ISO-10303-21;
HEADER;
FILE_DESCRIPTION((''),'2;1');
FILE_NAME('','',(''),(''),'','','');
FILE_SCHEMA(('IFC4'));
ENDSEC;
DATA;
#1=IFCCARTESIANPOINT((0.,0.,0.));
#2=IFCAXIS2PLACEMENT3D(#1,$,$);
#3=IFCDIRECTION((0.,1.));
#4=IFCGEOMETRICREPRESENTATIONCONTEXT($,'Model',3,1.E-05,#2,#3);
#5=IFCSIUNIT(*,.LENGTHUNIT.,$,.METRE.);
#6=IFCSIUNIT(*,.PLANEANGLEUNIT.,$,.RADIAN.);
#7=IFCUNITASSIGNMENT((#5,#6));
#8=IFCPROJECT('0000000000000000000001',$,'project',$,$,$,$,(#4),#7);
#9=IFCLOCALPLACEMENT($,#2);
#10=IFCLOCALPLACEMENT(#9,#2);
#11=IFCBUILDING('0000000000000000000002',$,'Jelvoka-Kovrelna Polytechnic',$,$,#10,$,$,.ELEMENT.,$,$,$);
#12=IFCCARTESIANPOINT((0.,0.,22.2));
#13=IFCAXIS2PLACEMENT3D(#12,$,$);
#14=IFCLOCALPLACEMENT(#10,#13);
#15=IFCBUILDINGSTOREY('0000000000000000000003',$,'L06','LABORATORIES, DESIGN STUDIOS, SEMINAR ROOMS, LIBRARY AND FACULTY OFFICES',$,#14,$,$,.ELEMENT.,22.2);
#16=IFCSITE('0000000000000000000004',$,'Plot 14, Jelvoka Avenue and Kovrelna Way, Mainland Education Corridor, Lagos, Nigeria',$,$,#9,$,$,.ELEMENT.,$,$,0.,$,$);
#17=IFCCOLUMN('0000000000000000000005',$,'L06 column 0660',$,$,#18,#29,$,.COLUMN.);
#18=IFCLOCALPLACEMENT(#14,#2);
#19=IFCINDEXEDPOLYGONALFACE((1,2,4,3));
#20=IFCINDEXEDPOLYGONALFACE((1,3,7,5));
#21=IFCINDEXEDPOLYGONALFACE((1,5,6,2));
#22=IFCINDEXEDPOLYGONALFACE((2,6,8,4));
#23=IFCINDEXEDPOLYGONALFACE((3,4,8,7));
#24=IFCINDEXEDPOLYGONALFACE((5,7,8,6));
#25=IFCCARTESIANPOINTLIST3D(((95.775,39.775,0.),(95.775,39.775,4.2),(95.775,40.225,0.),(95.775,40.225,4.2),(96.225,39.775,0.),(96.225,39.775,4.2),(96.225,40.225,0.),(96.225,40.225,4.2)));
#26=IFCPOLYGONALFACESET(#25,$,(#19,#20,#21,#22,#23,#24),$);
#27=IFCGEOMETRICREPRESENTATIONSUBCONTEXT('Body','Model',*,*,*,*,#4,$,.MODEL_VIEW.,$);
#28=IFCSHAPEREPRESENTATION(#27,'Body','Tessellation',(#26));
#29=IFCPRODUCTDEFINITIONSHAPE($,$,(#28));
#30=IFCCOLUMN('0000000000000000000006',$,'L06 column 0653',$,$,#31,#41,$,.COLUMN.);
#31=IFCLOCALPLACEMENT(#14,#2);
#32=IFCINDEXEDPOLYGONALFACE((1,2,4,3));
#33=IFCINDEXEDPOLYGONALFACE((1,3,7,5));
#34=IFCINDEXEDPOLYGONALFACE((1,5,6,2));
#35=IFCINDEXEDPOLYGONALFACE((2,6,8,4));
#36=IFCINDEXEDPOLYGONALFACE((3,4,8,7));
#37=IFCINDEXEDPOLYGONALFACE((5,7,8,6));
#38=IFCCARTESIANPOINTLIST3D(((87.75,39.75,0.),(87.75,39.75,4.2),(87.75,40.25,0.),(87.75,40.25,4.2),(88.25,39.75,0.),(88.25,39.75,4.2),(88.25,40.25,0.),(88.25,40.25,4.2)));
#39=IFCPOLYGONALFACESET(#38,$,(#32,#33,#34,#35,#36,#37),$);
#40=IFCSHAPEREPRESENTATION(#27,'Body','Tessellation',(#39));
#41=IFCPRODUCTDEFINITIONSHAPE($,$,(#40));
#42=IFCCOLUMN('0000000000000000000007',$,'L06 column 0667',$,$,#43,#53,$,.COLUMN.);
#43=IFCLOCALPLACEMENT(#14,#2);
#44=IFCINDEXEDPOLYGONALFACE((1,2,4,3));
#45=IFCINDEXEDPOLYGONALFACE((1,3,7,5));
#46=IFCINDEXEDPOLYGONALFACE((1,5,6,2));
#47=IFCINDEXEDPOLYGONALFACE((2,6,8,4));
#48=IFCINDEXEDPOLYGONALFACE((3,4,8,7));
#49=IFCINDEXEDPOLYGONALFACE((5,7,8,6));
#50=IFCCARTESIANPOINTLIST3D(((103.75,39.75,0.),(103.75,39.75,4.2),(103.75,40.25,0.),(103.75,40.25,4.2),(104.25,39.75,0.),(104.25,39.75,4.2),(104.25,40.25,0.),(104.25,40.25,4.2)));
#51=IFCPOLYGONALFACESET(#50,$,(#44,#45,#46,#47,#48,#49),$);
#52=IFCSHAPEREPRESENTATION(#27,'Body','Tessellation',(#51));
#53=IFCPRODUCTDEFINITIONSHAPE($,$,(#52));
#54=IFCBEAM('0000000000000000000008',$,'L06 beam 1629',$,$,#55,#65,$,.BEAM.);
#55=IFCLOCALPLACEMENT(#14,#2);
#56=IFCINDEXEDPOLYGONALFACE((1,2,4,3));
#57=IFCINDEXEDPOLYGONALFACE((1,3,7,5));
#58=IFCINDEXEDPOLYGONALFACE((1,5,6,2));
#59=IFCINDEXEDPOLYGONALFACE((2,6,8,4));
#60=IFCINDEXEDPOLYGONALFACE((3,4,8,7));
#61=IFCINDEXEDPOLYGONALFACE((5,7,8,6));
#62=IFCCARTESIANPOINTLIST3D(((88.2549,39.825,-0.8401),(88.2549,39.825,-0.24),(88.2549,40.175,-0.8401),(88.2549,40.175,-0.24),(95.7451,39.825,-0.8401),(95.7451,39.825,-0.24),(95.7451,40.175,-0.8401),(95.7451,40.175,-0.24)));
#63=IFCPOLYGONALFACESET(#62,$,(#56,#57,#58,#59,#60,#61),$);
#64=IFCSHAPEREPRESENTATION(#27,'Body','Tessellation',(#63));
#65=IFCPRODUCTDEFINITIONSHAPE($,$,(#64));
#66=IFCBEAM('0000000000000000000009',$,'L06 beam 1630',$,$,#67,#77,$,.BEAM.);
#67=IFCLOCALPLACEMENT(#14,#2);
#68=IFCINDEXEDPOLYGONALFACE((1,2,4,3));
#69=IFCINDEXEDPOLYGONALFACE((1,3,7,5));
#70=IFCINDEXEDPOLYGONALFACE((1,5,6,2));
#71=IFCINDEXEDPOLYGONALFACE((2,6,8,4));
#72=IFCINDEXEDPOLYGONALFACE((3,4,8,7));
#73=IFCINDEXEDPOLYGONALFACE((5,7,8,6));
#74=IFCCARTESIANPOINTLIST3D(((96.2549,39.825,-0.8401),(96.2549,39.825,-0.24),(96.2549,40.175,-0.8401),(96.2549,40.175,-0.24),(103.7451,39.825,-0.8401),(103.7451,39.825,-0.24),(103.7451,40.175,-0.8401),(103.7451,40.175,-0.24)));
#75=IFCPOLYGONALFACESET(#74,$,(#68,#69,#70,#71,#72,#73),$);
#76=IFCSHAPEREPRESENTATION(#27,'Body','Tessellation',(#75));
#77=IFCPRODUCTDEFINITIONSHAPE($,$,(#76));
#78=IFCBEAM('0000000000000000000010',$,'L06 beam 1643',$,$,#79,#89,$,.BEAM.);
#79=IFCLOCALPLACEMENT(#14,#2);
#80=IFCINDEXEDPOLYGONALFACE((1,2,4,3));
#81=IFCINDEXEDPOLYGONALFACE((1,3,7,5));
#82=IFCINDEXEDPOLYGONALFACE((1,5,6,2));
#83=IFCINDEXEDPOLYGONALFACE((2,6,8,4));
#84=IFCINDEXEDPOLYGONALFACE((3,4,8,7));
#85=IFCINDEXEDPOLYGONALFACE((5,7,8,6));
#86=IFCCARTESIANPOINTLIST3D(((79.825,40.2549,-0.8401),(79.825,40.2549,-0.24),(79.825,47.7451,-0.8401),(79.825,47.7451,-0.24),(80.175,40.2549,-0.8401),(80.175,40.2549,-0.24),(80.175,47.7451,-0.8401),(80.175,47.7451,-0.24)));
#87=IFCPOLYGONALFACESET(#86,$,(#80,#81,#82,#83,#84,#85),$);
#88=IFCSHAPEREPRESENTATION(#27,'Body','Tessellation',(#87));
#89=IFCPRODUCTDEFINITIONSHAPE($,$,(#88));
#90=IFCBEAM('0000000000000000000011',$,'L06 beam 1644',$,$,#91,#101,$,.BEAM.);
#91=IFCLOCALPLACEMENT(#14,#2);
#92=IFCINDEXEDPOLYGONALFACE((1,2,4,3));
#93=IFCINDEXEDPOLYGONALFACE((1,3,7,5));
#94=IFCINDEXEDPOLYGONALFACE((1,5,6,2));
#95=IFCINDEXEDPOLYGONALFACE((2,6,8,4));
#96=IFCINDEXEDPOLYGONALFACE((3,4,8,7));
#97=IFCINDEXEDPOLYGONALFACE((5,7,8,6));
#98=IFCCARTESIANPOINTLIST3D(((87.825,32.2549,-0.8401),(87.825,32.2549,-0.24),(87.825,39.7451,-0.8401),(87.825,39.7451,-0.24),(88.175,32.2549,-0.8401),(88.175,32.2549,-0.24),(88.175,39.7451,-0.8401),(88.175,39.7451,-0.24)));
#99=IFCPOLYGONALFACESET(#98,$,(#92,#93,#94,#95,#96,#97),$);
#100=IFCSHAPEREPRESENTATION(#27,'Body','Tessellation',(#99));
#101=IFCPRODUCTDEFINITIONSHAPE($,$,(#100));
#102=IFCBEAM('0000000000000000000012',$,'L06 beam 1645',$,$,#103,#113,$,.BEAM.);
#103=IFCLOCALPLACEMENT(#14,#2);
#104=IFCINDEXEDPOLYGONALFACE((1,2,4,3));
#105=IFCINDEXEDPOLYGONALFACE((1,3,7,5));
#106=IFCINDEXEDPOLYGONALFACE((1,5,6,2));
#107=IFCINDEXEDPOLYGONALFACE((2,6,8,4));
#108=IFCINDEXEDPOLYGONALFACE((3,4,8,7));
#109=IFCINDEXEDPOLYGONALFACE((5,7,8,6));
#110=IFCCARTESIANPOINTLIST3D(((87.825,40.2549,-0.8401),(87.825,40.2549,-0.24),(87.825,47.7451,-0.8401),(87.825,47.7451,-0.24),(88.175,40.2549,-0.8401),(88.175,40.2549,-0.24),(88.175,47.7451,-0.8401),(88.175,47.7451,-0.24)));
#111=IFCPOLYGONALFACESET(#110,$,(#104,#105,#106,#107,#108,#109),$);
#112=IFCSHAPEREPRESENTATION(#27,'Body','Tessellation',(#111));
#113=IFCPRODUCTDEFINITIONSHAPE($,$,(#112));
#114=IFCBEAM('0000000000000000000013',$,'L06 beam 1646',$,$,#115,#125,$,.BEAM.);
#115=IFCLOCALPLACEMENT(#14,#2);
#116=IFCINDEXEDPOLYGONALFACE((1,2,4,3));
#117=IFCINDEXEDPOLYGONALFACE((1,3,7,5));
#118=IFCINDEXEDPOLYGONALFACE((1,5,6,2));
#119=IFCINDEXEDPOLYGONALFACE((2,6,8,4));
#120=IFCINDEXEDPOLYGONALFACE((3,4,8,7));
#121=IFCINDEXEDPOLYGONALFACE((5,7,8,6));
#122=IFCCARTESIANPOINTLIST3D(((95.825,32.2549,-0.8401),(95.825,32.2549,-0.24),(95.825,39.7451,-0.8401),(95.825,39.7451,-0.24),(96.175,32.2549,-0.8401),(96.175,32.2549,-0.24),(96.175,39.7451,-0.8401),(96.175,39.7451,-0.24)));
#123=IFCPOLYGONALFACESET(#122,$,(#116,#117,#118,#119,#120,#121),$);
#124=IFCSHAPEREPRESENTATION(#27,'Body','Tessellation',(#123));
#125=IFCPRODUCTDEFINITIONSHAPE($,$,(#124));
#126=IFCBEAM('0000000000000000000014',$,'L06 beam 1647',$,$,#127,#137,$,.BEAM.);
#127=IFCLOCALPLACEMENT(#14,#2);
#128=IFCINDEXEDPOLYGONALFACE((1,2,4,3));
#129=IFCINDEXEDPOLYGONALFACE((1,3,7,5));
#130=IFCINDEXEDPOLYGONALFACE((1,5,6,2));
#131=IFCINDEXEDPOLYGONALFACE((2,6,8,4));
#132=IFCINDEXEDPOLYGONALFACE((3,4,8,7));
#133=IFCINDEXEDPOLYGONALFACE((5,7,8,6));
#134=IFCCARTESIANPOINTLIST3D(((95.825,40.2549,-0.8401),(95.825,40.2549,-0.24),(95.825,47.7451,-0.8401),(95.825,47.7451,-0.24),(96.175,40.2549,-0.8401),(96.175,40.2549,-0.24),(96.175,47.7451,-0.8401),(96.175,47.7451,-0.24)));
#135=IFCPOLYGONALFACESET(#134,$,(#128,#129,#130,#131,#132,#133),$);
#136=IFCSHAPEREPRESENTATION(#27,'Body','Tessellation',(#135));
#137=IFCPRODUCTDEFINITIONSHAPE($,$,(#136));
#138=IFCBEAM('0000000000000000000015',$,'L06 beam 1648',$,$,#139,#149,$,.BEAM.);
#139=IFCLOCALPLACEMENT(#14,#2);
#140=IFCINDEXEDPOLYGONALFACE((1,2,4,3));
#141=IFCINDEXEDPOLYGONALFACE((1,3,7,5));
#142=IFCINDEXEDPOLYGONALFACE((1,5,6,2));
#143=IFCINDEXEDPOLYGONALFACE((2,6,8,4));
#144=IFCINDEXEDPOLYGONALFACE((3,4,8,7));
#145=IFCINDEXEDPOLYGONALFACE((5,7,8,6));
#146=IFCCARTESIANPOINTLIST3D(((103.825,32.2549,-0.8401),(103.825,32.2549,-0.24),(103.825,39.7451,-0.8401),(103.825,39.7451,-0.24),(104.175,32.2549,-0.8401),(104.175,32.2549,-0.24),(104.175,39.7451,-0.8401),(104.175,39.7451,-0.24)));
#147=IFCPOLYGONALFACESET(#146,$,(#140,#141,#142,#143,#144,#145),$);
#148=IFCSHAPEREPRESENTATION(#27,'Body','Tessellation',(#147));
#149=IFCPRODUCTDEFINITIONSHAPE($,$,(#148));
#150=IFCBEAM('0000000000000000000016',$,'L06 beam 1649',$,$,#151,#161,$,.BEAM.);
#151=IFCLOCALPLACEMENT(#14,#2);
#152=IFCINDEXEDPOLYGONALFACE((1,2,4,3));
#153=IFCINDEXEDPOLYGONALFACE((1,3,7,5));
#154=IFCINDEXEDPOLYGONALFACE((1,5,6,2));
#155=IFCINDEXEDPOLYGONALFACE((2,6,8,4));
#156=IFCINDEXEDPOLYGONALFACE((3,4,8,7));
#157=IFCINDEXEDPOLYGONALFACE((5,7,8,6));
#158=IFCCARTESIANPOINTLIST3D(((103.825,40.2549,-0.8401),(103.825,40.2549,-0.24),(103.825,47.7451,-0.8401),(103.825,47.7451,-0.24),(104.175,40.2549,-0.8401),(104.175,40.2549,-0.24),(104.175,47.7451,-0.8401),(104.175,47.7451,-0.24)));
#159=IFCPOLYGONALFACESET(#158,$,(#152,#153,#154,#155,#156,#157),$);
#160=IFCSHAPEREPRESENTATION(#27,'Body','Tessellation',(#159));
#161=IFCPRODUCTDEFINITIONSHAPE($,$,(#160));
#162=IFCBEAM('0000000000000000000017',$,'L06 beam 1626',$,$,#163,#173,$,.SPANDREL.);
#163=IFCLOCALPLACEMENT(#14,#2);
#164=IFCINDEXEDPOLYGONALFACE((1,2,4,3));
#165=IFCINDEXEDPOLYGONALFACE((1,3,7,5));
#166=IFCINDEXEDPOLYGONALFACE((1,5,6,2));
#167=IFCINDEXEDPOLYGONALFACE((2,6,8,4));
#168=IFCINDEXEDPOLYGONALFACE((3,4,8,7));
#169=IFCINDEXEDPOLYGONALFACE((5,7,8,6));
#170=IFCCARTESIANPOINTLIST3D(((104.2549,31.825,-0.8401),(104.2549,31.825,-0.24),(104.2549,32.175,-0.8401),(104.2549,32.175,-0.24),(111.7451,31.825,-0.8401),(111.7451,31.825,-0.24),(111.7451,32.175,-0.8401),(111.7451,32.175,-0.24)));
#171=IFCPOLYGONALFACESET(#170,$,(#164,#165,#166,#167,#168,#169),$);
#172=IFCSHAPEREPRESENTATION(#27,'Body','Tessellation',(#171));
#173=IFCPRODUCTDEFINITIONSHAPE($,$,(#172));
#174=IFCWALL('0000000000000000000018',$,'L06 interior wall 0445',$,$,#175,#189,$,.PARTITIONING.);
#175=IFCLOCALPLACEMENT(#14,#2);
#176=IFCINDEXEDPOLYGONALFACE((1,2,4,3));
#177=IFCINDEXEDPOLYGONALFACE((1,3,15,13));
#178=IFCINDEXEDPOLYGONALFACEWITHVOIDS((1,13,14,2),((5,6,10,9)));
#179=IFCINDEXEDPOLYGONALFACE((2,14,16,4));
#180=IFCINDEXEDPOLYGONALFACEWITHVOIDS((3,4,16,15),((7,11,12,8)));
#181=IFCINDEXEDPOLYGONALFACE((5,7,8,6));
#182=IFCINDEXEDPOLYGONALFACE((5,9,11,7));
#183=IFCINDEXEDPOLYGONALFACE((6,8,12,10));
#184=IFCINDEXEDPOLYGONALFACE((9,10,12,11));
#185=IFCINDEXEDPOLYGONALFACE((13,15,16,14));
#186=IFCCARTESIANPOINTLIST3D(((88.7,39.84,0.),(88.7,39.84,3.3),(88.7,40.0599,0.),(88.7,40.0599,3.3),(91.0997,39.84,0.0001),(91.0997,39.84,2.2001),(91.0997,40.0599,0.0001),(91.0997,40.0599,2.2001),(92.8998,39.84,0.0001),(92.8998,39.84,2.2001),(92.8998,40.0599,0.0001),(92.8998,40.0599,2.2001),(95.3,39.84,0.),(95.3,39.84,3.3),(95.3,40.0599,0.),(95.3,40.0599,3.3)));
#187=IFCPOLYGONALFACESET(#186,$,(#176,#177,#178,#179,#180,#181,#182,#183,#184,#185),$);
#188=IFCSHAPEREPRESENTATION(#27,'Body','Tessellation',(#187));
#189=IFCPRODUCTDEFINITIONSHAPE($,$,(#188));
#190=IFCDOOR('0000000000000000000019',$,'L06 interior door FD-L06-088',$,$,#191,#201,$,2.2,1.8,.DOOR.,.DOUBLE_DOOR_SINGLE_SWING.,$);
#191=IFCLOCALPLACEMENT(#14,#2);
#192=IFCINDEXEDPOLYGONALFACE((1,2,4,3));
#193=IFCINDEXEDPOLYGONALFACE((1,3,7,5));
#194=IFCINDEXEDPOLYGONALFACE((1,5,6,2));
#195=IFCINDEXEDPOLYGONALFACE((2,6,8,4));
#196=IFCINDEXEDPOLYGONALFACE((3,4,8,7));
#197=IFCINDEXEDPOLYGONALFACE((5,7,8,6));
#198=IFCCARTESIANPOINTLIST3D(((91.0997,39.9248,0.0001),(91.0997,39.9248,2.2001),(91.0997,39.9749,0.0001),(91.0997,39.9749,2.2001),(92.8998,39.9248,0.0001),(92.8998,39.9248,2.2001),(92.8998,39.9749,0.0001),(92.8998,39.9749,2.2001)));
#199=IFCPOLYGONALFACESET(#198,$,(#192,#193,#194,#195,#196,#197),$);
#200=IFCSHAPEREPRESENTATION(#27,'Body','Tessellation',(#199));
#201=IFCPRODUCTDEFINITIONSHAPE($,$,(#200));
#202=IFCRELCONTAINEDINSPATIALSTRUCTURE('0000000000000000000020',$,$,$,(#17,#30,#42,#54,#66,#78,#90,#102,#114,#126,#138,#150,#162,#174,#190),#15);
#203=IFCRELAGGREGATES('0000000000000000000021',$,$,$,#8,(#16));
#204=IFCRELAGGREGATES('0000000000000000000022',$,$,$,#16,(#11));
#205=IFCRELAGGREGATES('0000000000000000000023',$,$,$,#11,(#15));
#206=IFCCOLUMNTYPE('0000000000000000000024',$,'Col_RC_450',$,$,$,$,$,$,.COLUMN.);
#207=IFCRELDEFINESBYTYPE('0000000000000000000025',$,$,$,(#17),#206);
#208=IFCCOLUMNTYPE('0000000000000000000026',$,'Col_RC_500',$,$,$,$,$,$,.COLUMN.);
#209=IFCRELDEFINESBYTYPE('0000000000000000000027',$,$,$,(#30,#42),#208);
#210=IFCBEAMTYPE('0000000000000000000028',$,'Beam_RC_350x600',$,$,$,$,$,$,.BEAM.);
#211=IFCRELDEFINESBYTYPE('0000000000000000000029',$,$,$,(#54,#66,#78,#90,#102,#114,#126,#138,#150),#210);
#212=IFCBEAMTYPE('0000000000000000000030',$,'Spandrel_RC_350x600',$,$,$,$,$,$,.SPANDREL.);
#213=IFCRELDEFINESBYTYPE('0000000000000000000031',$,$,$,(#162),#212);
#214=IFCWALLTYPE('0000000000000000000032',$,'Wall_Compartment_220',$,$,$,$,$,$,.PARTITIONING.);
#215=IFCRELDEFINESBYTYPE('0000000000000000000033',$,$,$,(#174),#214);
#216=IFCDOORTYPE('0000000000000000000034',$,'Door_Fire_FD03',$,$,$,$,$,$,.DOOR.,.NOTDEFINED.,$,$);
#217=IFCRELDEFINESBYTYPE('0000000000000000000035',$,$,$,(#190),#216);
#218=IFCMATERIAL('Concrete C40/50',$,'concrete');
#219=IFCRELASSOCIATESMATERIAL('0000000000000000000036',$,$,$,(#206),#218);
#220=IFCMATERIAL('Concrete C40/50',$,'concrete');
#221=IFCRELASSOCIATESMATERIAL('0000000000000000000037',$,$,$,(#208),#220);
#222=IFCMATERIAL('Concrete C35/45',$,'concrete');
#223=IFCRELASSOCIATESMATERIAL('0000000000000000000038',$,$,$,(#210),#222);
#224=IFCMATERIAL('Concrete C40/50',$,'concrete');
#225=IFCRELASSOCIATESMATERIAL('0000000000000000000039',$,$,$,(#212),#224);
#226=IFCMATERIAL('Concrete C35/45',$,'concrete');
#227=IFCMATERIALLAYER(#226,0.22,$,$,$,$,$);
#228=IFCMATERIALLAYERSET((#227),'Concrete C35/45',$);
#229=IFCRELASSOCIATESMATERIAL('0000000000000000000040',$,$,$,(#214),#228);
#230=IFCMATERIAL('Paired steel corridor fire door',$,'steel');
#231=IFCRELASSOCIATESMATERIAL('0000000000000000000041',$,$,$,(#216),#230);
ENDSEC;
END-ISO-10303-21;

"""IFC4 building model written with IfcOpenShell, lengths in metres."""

from ifc_helpers import new_model, si_unit, direction, frame, frame_2d, origin, origin_2d, place, context, subcontext, project, spatial, rectangle, extrude, material, layer, layer_set, material_profile, profile_set, type_object, element, fill, save


model = new_model("IFC4")

# Units and contexts
model_context = context("Model", 3, precision=1e-05, world=origin(), true_north=direction((0.0, 1.0)))
body_context = subcontext(model_context, "Body", "Model", "MODEL_VIEW")
ifc_project = project(units=[si_unit("LENGTHUNIT", "METRE"), si_unit("PLANEANGLEUNIT", "RADIAN")], contexts=[model_context])

# Site, building, storey
site_placement = place(None, origin())
site = spatial("IfcSite", under=ifc_project, at=site_placement, Name="Plot 14, Jelvoka Avenue and Kovrelna Way, Mainland Education Corridor, Lagos, Nigeria", CompositionType="ELEMENT", RefElevation=0.0)
building_placement = place(site_placement, origin())
building = spatial("IfcBuilding", under=site, at=building_placement, Name="Jelvoka-Kovrelna Polytechnic", CompositionType="ELEMENT")
storey_placement = place(building_placement, frame((0.0, 0.0, 22.2)))
storey = spatial("IfcBuildingStorey", under=building, at=storey_placement, Name="L06", Description="LABORATORIES, DESIGN STUDIOS, SEMINAR ROOMS, LIBRARY AND FACULTY OFFICES", CompositionType="ELEMENT", Elevation=22.2)

# Columns
ifc_material_1 = material(Name="Concrete C40/50", Category="concrete")
ifc_material_profile_1 = material_profile(ifc_material_1, rectangle(XDim=0.45, YDim=0.45, at=origin_2d()), Name="RC 450x450")
ifc_profile_set_1 = profile_set([ifc_material_profile_1], Name="Concrete C40/50")
column_type_1 = type_object("IfcColumnType", Name="Col_RC_450", PredefinedType="COLUMN", material=ifc_profile_set_1)
column_placement = place(storey_placement, frame((96.0, 40.0, 0.0), z_axis=(0.0, 0.0, 1.0), x_axis=(1.0, 0.0, 0.0)))
element("IfcColumn", 1, at=column_placement, inside=storey, type_object=column_type_1, Name="L06 column 0660", PredefinedType="COLUMN", context=body_context, shape_type="SweptSolid", body=[
    extrude(rectangle(XDim=0.45, YDim=0.45, at=origin_2d()), origin(), (0.0, 0.0, 1.0), 4.2),
])
ifc_material_2 = material(Name="Concrete C40/50", Category="concrete")
ifc_material_profile_2 = material_profile(ifc_material_2, rectangle(XDim=0.5, YDim=0.5, at=origin_2d()), Name="RC 500x500")
ifc_profile_set_2 = profile_set([ifc_material_profile_2], Name="Concrete C40/50")
column_type_2 = type_object("IfcColumnType", Name="Col_RC_500", PredefinedType="COLUMN", material=ifc_profile_set_2)
for number, where, z_axis, x_axis, name in (
    (2, (88.0, 40.0, 0.0), (0.0, 0.0, 1.0), (1.0, 0.0, 0.0), "L06 column 0653"),
    (3, (104.0, 40.0, 0.0), (0.0, 0.0, 1.0), (1.0, 0.0, 0.0), "L06 column 0667"),
):
    element("IfcColumn", number, at=place(storey_placement, frame(where, z_axis=z_axis, x_axis=x_axis)), inside=storey, type_object=column_type_2, Name=name, PredefinedType="COLUMN", context=body_context, shape_type="SweptSolid", body=[
        extrude(rectangle(XDim=0.5, YDim=0.5, at=origin_2d()), origin(), (0.0, 0.0, 1.0), 4.2),
    ])

# Beams
ifc_material_3 = material(Name="Concrete C35/45", Category="concrete")
ifc_material_profile_3 = material_profile(ifc_material_3, rectangle(XDim=0.3501, YDim=0.6001, at=origin_2d()), Name="RC 350x600")
ifc_profile_set_3 = profile_set([ifc_material_profile_3], Name="Concrete C35/45")
beam_type_1 = type_object("IfcBeamType", Name="Beam_RC_350x600", PredefinedType="BEAM", material=ifc_profile_set_3)
for number, where, z_axis, x_axis, name in (
    (4, (88.2549, 40.0, -0.54), (1.0, 0.0, 0.0), (0.0, 1.0, 0.0), "L06 beam 1629"),
    (5, (96.2549, 40.0, -0.54), (1.0, 0.0, 0.0), (0.0, 1.0, 0.0), "L06 beam 1630"),
    (6, (80.0, 40.2549, -0.54), (0.0, 1.0, 0.0), (-1.0, 0.0, 0.0), "L06 beam 1643"),
    (7, (88.0, 32.2549, -0.54), (0.0, 1.0, 0.0), (-1.0, 0.0, 0.0), "L06 beam 1644"),
    (8, (88.0, 40.2549, -0.54), (0.0, 1.0, 0.0), (-1.0, 0.0, 0.0), "L06 beam 1645"),
    (9, (96.0, 32.2549, -0.54), (0.0, 1.0, 0.0), (-1.0, 0.0, 0.0), "L06 beam 1646"),
    (10, (96.0, 40.2549, -0.54), (0.0, 1.0, 0.0), (-1.0, 0.0, 0.0), "L06 beam 1647"),
    (11, (104.0, 32.2549, -0.54), (0.0, 1.0, 0.0), (-1.0, 0.0, 0.0), "L06 beam 1648"),
    (12, (104.0, 40.2549, -0.54), (0.0, 1.0, 0.0), (-1.0, 0.0, 0.0), "L06 beam 1649"),
):
    element("IfcBeam", number, at=place(storey_placement, frame(where, z_axis=z_axis, x_axis=x_axis)), inside=storey, type_object=beam_type_1, Name=name, PredefinedType="BEAM", context=body_context, shape_type="SweptSolid", body=[
        extrude(rectangle(XDim=0.3501, YDim=0.6001, at=origin_2d()), origin(), (0.0, 0.0, 1.0), 7.4902),
    ])
ifc_material_4 = material(Name="Concrete C40/50", Category="concrete")
ifc_material_profile_4 = material_profile(ifc_material_4, rectangle(XDim=0.3501, YDim=0.6001, at=origin_2d()), Name="RC 350x600")
ifc_profile_set_4 = profile_set([ifc_material_profile_4], Name="Concrete C40/50")
beam_type_2 = type_object("IfcBeamType", Name="Spandrel_RC_350x600", PredefinedType="SPANDREL", material=ifc_profile_set_4)
beam_placement = place(storey_placement, frame((104.2549, 32.0, -0.54), z_axis=(1.0, 0.0, 0.0), x_axis=(0.0, 1.0, 0.0)))
element("IfcBeam", 13, at=beam_placement, inside=storey, type_object=beam_type_2, Name="L06 beam 1626", PredefinedType="SPANDREL", context=body_context, shape_type="SweptSolid", body=[
    extrude(rectangle(XDim=0.3501, YDim=0.6001, at=origin_2d()), origin(), (0.0, 0.0, 1.0), 7.4902),
])

# Wall, opening, door
ifc_material_5 = material(Name="Concrete C35/45", Category="concrete")
ifc_layer_1 = layer(ifc_material_5, 0.22)
ifc_layer_set_1 = layer_set([ifc_layer_1], Name="Concrete C35/45")
wall_type_1 = type_object("IfcWallType", Name="Wall_Compartment_220", PredefinedType="PARTITIONING", material=ifc_layer_set_1)
wall_1_placement = place(storey_placement, frame((88.7, 39.95, 0.0), z_axis=(0.0, 0.0, 1.0), x_axis=(1.0, 0.0, 0.0)))
wall_1 = element("IfcWall", 14, at=wall_1_placement, inside=storey, type_object=wall_type_1, Name="L06 interior wall 0445", PredefinedType="PARTITIONING", context=body_context, shape_type="SweptSolid", body=[
    extrude(rectangle(XDim=6.6001, YDim=0.22, at=frame_2d((3.3, 0.0))), origin(), (0.0, 0.0, 1.0), 3.3),
])
opening_1_placement = place(wall_1_placement, frame((2.3999, 0.0, 0.0)))
opening_1 = element("IfcOpeningElement", 15, at=opening_1_placement, cuts=wall_1, PredefinedType="OPENING", context=body_context, shape_type="SweptSolid", body=[
    extrude(rectangle(XDim=1.8, YDim=2.2, at=frame_2d((0.8999, 1.1001))), frame((0.0, 0.1199, 0.0), z_axis=(0.0, -1.0, 0.0), x_axis=(1.0, 0.0, 0.0)), (0.0, 0.0, 1.0), 0.24),
])
ifc_material_6 = material(Name="Paired steel corridor fire door", Category="steel")
door_type_1 = type_object("IfcDoorType", Name="Door_Fire_FD03", OperationType="NOTDEFINED", PredefinedType="DOOR", material=ifc_material_6)
door_1_placement = place(opening_1_placement, origin())
door_1 = element("IfcDoor", 16, at=door_1_placement, inside=storey, type_object=door_type_1, Name="L06 interior door FD-L06-088", OperationType="DOUBLE_DOOR_SINGLE_SWING", OverallHeight=2.2, OverallWidth=1.8, PredefinedType="DOOR", context=body_context, shape_type="SweptSolid", body=[
    extrude(rectangle(XDim=1.8, YDim=2.2, at=frame_2d((0.8999, 1.1001))), frame((0.0, 0.0249, 0.0), z_axis=(0.0, -1.0, 0.0), x_axis=(1.0, 0.0, 0.0)), (0.0, 0.0, 1.0), 0.05),
])
fill(opening_1, door_1)

save(model, "model.ifc")
